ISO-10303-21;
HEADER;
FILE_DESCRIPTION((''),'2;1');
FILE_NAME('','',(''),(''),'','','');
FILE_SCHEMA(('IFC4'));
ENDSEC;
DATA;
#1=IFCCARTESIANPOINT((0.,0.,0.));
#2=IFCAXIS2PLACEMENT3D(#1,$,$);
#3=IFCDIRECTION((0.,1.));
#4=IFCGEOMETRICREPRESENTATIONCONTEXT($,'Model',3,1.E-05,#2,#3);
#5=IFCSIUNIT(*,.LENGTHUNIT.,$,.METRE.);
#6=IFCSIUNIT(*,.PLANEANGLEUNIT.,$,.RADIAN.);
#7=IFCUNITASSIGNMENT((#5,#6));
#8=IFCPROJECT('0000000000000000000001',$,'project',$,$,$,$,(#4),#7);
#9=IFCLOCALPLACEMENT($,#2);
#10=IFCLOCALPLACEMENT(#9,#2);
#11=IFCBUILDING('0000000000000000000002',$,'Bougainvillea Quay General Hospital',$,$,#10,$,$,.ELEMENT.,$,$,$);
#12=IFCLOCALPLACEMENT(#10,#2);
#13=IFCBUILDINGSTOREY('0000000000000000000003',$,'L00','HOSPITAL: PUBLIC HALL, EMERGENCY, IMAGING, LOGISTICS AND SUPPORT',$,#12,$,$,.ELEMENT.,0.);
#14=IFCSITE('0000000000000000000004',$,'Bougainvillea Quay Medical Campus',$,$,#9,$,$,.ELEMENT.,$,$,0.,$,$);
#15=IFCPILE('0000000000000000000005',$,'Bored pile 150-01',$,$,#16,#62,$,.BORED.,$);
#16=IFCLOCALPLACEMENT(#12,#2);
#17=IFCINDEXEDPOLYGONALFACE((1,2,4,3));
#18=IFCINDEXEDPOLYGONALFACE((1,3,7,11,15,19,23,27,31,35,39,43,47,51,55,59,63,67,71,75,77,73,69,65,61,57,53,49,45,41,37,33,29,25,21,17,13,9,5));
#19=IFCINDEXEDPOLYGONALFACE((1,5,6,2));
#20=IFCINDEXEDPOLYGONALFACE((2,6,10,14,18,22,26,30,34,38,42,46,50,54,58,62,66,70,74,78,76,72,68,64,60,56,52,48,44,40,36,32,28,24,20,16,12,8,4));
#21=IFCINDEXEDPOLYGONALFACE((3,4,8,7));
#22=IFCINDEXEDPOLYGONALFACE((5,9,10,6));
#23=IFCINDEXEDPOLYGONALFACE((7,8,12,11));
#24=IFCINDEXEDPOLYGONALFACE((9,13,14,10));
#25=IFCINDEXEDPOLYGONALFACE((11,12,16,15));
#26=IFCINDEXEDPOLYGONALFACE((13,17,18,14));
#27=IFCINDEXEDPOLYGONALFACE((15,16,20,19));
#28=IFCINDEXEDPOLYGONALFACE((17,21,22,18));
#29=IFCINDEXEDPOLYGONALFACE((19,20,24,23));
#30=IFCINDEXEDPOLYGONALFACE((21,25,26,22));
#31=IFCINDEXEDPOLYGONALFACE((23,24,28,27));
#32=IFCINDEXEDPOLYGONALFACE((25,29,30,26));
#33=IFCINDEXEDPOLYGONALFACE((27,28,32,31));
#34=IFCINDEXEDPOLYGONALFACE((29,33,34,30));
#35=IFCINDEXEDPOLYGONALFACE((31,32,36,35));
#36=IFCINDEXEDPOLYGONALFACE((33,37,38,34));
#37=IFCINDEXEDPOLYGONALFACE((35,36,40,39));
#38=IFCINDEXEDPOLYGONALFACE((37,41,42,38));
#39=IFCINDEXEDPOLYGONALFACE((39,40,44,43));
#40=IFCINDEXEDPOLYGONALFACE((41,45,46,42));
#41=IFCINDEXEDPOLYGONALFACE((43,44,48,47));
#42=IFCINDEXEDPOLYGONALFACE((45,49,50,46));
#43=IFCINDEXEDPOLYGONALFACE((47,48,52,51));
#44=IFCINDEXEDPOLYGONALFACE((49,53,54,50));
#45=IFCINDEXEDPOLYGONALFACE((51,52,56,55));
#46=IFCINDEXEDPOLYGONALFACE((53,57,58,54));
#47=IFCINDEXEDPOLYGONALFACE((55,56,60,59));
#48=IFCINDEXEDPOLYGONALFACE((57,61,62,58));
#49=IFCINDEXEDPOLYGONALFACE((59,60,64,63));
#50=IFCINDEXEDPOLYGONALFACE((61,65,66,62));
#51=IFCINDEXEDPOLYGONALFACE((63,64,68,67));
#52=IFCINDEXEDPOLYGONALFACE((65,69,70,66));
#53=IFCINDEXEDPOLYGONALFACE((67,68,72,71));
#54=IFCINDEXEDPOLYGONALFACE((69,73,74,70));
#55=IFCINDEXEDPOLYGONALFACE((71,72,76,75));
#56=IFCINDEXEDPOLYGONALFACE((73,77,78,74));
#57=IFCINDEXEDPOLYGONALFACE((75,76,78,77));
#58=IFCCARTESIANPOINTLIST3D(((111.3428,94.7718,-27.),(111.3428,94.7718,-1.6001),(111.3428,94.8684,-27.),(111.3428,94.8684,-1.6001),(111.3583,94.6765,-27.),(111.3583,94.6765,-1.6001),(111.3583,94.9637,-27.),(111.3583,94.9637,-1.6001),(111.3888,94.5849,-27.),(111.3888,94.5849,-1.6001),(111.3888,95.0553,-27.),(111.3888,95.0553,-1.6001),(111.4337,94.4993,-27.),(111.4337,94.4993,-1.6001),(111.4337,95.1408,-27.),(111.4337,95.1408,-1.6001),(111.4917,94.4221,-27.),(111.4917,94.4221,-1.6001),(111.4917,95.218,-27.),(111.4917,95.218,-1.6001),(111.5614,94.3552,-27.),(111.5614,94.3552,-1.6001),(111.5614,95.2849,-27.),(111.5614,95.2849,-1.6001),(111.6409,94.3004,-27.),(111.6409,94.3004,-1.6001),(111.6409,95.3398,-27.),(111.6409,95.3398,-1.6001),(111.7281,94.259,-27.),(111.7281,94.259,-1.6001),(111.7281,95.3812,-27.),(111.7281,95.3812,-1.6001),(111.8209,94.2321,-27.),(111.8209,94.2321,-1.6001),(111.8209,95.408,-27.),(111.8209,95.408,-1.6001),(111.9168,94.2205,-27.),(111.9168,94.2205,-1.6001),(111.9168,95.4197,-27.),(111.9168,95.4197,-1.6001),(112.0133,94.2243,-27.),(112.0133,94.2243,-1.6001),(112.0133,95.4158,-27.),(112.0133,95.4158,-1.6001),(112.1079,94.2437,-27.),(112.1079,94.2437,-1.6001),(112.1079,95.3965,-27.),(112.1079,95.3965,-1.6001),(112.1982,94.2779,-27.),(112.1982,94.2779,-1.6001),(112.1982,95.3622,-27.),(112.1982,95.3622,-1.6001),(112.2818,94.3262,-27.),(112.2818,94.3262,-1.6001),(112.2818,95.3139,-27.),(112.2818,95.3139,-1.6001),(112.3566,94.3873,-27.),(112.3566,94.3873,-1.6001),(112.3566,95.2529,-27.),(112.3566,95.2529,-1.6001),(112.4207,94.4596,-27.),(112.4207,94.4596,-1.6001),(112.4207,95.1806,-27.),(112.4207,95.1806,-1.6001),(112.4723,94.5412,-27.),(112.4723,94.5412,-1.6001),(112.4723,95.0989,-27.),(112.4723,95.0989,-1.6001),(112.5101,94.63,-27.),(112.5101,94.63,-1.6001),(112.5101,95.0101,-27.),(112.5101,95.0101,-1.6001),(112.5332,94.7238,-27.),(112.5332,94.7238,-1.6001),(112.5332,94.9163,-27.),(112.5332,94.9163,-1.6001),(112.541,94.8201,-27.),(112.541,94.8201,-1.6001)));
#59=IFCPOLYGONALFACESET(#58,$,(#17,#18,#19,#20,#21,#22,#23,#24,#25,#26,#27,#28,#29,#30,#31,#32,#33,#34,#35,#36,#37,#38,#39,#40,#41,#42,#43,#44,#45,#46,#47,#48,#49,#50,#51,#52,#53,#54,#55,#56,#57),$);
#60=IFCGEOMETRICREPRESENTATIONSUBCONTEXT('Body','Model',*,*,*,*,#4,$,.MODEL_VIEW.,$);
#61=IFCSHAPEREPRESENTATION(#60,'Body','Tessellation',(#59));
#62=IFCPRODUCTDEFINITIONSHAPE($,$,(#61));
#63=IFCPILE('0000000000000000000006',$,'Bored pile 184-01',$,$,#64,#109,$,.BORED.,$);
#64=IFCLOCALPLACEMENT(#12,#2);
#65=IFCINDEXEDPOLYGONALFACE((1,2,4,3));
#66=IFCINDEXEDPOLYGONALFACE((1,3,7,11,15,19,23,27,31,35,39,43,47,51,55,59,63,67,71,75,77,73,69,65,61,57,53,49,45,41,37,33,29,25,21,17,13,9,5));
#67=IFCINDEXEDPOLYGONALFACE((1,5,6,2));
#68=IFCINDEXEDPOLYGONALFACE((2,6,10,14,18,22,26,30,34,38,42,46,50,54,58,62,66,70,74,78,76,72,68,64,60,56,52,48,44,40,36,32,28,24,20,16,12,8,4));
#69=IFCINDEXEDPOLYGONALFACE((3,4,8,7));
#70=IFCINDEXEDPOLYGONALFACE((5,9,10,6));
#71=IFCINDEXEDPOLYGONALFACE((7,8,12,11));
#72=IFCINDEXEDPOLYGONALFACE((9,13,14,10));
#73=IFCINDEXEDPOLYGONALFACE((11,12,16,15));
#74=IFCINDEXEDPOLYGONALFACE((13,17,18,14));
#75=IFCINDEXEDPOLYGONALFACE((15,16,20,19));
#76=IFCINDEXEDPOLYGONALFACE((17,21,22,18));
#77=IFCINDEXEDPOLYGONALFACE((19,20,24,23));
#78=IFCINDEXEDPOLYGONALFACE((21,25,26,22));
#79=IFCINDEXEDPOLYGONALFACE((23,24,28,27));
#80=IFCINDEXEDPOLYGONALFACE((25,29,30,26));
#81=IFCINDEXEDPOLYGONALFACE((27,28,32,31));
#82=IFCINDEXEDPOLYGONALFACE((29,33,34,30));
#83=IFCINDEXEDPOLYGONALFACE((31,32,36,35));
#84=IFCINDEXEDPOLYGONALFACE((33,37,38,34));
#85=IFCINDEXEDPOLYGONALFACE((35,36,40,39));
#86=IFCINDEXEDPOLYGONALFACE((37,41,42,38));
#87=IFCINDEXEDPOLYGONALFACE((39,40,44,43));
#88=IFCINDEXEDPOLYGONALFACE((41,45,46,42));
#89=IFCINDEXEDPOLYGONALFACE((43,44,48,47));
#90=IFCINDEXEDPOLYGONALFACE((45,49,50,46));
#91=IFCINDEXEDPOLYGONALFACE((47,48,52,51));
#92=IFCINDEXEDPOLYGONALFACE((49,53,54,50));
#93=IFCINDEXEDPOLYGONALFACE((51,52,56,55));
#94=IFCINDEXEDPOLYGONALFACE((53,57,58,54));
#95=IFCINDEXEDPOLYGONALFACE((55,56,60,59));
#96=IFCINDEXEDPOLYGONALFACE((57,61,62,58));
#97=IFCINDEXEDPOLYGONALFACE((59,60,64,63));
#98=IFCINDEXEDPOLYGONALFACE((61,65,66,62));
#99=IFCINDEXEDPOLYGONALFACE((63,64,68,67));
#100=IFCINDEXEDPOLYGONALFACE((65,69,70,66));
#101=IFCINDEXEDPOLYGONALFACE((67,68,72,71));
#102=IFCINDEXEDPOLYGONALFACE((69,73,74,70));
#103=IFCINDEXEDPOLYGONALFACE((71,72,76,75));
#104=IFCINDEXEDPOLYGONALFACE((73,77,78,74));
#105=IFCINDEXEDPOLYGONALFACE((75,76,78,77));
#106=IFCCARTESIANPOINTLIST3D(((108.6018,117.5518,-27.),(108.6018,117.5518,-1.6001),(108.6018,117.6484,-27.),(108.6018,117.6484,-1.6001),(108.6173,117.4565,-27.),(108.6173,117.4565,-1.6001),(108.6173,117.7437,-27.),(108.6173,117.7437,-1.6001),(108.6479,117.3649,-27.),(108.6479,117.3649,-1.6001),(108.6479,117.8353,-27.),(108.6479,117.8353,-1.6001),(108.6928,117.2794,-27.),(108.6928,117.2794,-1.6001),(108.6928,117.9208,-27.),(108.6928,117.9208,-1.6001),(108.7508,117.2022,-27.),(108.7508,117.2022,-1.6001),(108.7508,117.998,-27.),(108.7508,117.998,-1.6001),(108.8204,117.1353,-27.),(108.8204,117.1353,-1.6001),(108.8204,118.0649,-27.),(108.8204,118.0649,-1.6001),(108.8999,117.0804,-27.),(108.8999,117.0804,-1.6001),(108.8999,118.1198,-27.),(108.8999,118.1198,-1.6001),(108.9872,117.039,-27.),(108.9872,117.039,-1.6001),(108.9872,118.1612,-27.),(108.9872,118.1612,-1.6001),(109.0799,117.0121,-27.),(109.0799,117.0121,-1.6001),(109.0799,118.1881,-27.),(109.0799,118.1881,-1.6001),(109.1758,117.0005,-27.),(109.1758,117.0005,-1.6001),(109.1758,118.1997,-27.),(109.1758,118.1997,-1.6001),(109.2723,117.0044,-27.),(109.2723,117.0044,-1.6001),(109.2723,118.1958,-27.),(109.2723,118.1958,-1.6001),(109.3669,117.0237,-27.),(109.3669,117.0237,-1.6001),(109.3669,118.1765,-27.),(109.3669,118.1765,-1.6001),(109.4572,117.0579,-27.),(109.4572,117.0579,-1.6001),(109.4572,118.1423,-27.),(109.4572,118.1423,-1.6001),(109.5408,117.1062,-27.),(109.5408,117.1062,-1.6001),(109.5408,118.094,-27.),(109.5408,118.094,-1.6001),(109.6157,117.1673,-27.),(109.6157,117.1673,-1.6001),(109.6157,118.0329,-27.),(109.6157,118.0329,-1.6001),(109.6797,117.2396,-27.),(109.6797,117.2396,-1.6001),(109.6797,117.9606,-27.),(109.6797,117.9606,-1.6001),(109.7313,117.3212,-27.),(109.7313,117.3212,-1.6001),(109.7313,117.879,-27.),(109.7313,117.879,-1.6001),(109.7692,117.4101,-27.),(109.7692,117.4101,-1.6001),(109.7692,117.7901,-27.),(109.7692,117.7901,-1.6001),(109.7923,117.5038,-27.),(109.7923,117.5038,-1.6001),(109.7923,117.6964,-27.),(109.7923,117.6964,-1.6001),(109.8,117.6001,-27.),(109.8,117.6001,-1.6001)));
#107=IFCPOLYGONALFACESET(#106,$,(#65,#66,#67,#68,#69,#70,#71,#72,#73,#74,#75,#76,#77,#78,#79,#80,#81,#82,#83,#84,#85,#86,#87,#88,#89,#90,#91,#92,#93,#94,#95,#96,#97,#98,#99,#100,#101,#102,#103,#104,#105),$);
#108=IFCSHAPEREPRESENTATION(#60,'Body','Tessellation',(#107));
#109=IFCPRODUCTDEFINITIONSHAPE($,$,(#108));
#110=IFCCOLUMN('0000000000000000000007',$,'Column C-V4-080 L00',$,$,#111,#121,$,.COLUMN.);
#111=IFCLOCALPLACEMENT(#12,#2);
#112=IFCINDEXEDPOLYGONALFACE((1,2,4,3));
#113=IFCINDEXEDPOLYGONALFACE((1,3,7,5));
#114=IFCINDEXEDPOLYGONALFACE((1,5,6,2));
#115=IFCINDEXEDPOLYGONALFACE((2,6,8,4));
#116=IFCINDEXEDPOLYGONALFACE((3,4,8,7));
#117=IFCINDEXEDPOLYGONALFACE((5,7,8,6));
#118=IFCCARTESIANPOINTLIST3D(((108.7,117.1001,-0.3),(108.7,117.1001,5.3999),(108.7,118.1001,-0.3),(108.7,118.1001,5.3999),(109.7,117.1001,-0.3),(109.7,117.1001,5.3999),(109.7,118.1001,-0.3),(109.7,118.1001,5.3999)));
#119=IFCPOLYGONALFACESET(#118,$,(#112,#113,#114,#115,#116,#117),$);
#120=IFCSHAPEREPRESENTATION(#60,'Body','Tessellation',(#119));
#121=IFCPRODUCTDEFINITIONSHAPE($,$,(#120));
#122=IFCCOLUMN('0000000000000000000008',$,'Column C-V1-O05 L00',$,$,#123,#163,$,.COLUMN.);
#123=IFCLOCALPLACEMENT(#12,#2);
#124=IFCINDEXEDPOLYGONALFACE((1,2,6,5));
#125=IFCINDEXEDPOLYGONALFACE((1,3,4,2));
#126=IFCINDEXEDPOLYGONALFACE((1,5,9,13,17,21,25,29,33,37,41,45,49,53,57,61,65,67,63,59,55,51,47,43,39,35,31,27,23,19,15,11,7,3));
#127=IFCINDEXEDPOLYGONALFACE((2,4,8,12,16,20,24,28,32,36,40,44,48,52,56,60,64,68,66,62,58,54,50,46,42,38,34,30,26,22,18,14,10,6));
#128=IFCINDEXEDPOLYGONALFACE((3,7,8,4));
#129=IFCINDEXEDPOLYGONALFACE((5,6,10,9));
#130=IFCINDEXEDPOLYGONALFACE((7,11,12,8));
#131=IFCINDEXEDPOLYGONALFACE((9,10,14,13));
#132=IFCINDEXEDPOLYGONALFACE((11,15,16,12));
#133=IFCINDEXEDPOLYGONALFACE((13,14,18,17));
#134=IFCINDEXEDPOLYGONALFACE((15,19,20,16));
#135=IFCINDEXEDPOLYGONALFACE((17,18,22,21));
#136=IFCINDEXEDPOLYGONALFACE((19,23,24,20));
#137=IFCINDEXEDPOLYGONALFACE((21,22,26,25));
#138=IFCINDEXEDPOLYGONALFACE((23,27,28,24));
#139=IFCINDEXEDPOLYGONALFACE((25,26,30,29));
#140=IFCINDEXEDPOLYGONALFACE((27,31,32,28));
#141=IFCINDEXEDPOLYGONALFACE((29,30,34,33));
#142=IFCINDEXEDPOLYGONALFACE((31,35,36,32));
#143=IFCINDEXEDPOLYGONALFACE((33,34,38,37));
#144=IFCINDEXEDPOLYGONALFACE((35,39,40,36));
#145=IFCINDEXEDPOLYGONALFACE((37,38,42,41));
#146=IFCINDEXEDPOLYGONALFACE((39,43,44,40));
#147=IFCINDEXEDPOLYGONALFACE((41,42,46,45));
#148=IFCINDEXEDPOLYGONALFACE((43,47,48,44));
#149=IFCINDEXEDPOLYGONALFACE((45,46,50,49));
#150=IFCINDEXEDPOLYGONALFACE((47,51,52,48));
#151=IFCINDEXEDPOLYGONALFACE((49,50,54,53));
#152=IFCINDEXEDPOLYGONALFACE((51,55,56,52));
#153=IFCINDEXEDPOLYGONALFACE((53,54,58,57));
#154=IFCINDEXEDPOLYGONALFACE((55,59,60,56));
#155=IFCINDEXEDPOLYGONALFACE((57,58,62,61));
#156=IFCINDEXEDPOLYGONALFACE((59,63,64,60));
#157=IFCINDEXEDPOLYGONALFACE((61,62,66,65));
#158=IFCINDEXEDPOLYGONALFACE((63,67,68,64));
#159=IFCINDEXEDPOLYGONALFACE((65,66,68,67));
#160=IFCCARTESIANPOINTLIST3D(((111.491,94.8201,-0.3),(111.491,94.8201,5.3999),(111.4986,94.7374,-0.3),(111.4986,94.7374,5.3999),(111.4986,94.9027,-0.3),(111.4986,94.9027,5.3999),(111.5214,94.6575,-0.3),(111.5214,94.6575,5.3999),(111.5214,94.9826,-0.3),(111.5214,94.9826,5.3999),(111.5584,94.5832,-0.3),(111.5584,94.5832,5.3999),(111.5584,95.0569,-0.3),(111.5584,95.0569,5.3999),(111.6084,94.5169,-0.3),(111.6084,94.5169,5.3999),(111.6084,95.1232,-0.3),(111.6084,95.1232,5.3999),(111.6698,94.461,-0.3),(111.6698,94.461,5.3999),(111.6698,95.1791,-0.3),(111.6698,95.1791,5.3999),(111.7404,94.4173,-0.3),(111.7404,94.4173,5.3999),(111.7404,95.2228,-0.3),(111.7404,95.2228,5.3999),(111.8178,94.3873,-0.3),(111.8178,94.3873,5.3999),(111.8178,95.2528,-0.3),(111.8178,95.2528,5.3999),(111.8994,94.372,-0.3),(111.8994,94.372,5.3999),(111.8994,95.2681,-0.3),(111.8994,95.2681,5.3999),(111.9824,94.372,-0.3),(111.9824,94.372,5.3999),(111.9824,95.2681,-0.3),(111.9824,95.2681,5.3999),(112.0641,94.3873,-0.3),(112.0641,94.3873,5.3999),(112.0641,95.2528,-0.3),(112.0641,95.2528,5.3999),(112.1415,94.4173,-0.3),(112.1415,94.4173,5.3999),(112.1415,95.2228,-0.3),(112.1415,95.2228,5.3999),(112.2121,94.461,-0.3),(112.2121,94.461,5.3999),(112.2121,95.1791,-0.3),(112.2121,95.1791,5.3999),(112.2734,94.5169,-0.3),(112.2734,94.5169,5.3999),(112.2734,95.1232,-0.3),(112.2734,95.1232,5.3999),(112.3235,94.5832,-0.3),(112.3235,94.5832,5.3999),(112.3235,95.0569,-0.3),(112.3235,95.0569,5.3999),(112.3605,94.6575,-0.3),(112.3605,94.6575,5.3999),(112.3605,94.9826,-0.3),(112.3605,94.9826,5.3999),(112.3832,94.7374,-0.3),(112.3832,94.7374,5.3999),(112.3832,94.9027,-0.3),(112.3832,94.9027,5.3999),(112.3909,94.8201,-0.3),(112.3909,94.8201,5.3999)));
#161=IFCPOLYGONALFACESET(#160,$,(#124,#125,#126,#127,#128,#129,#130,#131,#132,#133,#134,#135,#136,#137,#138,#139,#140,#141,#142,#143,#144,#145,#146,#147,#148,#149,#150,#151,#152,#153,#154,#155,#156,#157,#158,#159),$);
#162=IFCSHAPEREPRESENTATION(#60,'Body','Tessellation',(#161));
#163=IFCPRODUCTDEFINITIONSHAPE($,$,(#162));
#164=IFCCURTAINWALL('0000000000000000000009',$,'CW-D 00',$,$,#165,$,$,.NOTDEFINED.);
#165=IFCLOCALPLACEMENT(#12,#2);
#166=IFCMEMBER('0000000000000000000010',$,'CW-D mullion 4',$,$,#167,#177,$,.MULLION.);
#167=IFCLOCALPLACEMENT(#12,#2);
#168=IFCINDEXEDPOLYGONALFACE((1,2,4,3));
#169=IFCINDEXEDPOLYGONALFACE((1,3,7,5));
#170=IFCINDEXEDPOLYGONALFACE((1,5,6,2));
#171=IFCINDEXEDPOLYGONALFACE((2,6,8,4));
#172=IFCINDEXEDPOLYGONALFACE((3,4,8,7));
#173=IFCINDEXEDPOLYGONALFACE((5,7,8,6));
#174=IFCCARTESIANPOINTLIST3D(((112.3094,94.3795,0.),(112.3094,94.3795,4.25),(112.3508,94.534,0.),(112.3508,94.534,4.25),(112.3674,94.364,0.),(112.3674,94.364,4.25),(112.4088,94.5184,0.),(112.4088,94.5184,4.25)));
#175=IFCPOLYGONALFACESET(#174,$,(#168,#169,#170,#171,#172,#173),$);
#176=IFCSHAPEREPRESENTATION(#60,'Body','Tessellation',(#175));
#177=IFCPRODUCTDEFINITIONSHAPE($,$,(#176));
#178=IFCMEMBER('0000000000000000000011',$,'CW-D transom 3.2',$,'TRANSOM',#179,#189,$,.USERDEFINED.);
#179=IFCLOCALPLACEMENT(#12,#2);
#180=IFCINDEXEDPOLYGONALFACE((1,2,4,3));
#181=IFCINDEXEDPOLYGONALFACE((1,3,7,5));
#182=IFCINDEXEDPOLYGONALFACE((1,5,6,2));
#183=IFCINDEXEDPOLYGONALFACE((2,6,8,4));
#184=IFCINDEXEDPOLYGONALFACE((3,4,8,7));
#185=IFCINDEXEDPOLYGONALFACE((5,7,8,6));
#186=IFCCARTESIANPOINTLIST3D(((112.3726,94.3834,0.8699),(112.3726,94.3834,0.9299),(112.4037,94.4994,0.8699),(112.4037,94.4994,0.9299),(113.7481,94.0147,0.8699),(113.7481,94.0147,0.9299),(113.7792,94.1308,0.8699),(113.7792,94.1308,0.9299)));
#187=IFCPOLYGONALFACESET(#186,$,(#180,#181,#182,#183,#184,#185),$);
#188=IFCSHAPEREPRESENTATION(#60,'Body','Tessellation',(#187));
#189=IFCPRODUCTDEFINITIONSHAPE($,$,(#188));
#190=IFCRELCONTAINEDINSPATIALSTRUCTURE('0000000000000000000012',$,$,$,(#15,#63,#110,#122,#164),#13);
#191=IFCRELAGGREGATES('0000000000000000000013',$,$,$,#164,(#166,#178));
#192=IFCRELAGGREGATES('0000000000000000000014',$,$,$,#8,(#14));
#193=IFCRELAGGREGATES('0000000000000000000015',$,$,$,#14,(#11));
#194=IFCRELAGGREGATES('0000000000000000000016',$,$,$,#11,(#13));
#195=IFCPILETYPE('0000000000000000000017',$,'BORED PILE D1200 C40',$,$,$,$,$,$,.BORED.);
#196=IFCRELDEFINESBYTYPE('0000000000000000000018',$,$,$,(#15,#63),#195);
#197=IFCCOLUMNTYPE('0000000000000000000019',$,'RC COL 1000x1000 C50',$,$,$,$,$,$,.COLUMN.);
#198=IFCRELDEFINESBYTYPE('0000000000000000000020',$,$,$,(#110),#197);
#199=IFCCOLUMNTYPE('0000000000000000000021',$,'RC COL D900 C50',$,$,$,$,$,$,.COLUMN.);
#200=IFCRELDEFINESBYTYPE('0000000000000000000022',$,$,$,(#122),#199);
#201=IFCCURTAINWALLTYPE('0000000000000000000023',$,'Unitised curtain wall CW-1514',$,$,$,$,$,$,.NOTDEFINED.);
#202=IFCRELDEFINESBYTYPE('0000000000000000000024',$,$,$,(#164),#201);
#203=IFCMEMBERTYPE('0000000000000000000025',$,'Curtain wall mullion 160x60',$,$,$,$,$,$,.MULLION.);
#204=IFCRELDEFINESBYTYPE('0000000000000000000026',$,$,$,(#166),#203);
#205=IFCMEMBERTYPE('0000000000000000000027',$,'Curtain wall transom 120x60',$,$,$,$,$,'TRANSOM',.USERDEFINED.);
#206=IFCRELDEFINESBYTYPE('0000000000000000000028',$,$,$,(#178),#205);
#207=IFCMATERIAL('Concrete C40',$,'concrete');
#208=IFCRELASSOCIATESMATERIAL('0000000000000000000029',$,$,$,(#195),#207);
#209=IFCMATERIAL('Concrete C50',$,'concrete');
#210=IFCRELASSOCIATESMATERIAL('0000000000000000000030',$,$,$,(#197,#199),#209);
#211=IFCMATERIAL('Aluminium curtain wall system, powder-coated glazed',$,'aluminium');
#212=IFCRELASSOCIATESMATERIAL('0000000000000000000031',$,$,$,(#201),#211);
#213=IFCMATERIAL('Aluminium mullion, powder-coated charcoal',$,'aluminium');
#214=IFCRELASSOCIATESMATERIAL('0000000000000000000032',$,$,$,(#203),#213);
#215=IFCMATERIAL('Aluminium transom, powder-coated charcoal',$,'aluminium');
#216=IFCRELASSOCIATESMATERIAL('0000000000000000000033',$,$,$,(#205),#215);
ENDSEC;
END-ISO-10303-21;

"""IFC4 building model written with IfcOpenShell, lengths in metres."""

from ifc_helpers import new_model, si_unit, direction, frame, origin, origin_2d, place, context, subcontext, project, spatial, rectangle, circle, extrude, material, material_profile, profile_set, type_object, element, aggregate, save


model = new_model("IFC4")

# Units and contexts
model_context = context("Model", 3, precision=1e-05, world=origin(), true_north=direction((0.0, 1.0)))
body_context = subcontext(model_context, "Body", "Model", "MODEL_VIEW")
ifc_project = project(units=[si_unit("LENGTHUNIT", "METRE"), si_unit("PLANEANGLEUNIT", "RADIAN")], contexts=[model_context])

# Site, building, storey
site_placement = place(None, origin())
site = spatial("IfcSite", under=ifc_project, at=site_placement, Name="Bougainvillea Quay Medical Campus", CompositionType="ELEMENT", RefElevation=0.0)
building_placement = place(site_placement, origin())
building = spatial("IfcBuilding", under=site, at=building_placement, Name="Bougainvillea Quay General Hospital", CompositionType="ELEMENT")
storey_placement = place(building_placement, origin())
storey = spatial("IfcBuildingStorey", under=building, at=storey_placement, Name="L00", Description="HOSPITAL: PUBLIC HALL, EMERGENCY, IMAGING, LOGISTICS AND SUPPORT", CompositionType="ELEMENT", Elevation=0.0)

# Piles
ifc_material_1 = material(Name="Concrete C40", Category="concrete")
ifc_material_profile_1 = material_profile(ifc_material_1, circle(Radius=0.6001, at=origin_2d()))
ifc_profile_set_1 = profile_set([ifc_material_profile_1], Name="Concrete C40")
pile_type = type_object("IfcPileType", Name="BORED PILE D1200 C40", PredefinedType="BORED", material=ifc_profile_set_1)
for number, where, z_axis, x_axis, name in (
    (1, (111.9409, 94.8201, -1.6001), (0.0, 0.0, -1.0), (1.0, 0.0, 0.0), "Bored pile 150-01"),
    (2, (109.2, 117.6001, -1.6001), (0.0, 0.0, -1.0), (1.0, 0.0, 0.0), "Bored pile 184-01"),
):
    element("IfcPile", number, at=place(storey_placement, frame(where, z_axis=z_axis, x_axis=x_axis)), inside=storey, type_object=pile_type, Name=name, PredefinedType="BORED", context=body_context, shape_type="SweptSolid", body=[
        extrude(circle(Radius=0.6001, at=origin_2d()), origin(), (0.0, 0.0, 1.0), 25.3999),
    ])

# Columns
ifc_material_2 = material(Name="Concrete C50", Category="concrete")
ifc_material_profile_2 = material_profile(ifc_material_2, rectangle(XDim=1.0, YDim=1.0, at=origin_2d()))
ifc_profile_set_2 = profile_set([ifc_material_profile_2], Name="Concrete C50")
column_type_1 = type_object("IfcColumnType", Name="RC COL 1000x1000 C50", PredefinedType="COLUMN", material=ifc_profile_set_2)
column_1_placement = place(storey_placement, frame((109.2, 117.6001, -0.3), z_axis=(0.0, 0.0, 1.0), x_axis=(1.0, 0.0, 0.0)))
element("IfcColumn", 3, at=column_1_placement, inside=storey, type_object=column_type_1, Name="Column C-V4-080 L00", PredefinedType="COLUMN", context=body_context, shape_type="SweptSolid", body=[
    extrude(rectangle(XDim=1.0, YDim=1.0, at=origin_2d()), origin(), (0.0, 0.0, 1.0), 5.7),
])
ifc_material_profile_3 = material_profile(ifc_material_2, circle(Radius=0.45, at=origin_2d()))
ifc_profile_set_3 = profile_set([ifc_material_profile_3], Name="Concrete C50")
column_type_2 = type_object("IfcColumnType", Name="RC COL D900 C50", PredefinedType="COLUMN", material=ifc_profile_set_3)
column_2_placement = place(storey_placement, frame((111.9409, 94.8201, -0.3), z_axis=(0.0, 0.0, 1.0), x_axis=(1.0, 0.0, 0.0)))
element("IfcColumn", 4, at=column_2_placement, inside=storey, type_object=column_type_2, Name="Column C-V1-O05 L00", PredefinedType="COLUMN", context=body_context, shape_type="SweptSolid", body=[
    extrude(circle(Radius=0.45, at=origin_2d()), origin(), (0.0, 0.0, 1.0), 5.7),
])

# Curtain wall, members
ifc_material_3 = material(Name="Aluminium curtain wall system, powder-coated glazed", Category="aluminium")
curtain_wall_type = type_object("IfcCurtainWallType", Name="Unitised curtain wall CW-1514", PredefinedType="NOTDEFINED", material=ifc_material_3)
curtain_wall_placement = place(storey_placement, origin())
curtain_wall = element("IfcCurtainWall", 5, at=curtain_wall_placement, inside=storey, type_object=curtain_wall_type, Name="CW-D 00", PredefinedType="NOTDEFINED")
ifc_material_4 = material(Name="Aluminium mullion, powder-coated charcoal", Category="aluminium")
ifc_material_profile_4 = material_profile(ifc_material_4, rectangle(XDim=0.1599, YDim=0.0601, at=origin_2d()))
ifc_profile_set_4 = profile_set([ifc_material_profile_4], Name="Aluminium mullion, powder-coated charcoal")
member_type_1 = type_object("IfcMemberType", Name="Curtain wall mullion 160x60", PredefinedType="MULLION", material=ifc_profile_set_4)
member_1_placement = place(storey_placement, frame((112.3591, 94.449, 0.0), z_axis=(0.0, 0.0, 1.0), x_axis=(-0.258855, -0.965916, 0.0)))
member_1 = element("IfcMember", 6, at=member_1_placement, type_object=member_type_1, Name="CW-D mullion 4", PredefinedType="MULLION", context=body_context, shape_type="SweptSolid", body=[
    extrude(rectangle(XDim=0.1599, YDim=0.0601, at=origin_2d()), origin(), (0.0, 0.0, 1.0), 4.25),
])
ifc_material_5 = material(Name="Aluminium transom, powder-coated charcoal", Category="aluminium")
ifc_material_profile_5 = material_profile(ifc_material_5, rectangle(XDim=0.1201, YDim=0.0601, at=origin_2d()))
ifc_profile_set_5 = profile_set([ifc_material_profile_5], Name="Aluminium transom, powder-coated charcoal")
member_type_2 = type_object("IfcMemberType", Name="Curtain wall transom 120x60", ElementType="TRANSOM", PredefinedType="USERDEFINED", material=ifc_profile_set_5)
member_2_placement = place(storey_placement, frame((113.7637, 94.0728, 0.8999), z_axis=(-0.96591, 0.258879, 0.0), x_axis=(-0.258879, -0.96591, 0.0)))
member_2 = element("IfcMember", 7, at=member_2_placement, type_object=member_type_2, Name="CW-D transom 3.2", ObjectType="TRANSOM", PredefinedType="USERDEFINED", context=body_context, shape_type="SweptSolid", body=[
    extrude(rectangle(XDim=0.1201, YDim=0.0601, at=origin_2d()), origin(), (0.0, 0.0, 1.0), 1.4241),
])
aggregate(curtain_wall, [member_1, member_2])

save(model, "model.ifc")
